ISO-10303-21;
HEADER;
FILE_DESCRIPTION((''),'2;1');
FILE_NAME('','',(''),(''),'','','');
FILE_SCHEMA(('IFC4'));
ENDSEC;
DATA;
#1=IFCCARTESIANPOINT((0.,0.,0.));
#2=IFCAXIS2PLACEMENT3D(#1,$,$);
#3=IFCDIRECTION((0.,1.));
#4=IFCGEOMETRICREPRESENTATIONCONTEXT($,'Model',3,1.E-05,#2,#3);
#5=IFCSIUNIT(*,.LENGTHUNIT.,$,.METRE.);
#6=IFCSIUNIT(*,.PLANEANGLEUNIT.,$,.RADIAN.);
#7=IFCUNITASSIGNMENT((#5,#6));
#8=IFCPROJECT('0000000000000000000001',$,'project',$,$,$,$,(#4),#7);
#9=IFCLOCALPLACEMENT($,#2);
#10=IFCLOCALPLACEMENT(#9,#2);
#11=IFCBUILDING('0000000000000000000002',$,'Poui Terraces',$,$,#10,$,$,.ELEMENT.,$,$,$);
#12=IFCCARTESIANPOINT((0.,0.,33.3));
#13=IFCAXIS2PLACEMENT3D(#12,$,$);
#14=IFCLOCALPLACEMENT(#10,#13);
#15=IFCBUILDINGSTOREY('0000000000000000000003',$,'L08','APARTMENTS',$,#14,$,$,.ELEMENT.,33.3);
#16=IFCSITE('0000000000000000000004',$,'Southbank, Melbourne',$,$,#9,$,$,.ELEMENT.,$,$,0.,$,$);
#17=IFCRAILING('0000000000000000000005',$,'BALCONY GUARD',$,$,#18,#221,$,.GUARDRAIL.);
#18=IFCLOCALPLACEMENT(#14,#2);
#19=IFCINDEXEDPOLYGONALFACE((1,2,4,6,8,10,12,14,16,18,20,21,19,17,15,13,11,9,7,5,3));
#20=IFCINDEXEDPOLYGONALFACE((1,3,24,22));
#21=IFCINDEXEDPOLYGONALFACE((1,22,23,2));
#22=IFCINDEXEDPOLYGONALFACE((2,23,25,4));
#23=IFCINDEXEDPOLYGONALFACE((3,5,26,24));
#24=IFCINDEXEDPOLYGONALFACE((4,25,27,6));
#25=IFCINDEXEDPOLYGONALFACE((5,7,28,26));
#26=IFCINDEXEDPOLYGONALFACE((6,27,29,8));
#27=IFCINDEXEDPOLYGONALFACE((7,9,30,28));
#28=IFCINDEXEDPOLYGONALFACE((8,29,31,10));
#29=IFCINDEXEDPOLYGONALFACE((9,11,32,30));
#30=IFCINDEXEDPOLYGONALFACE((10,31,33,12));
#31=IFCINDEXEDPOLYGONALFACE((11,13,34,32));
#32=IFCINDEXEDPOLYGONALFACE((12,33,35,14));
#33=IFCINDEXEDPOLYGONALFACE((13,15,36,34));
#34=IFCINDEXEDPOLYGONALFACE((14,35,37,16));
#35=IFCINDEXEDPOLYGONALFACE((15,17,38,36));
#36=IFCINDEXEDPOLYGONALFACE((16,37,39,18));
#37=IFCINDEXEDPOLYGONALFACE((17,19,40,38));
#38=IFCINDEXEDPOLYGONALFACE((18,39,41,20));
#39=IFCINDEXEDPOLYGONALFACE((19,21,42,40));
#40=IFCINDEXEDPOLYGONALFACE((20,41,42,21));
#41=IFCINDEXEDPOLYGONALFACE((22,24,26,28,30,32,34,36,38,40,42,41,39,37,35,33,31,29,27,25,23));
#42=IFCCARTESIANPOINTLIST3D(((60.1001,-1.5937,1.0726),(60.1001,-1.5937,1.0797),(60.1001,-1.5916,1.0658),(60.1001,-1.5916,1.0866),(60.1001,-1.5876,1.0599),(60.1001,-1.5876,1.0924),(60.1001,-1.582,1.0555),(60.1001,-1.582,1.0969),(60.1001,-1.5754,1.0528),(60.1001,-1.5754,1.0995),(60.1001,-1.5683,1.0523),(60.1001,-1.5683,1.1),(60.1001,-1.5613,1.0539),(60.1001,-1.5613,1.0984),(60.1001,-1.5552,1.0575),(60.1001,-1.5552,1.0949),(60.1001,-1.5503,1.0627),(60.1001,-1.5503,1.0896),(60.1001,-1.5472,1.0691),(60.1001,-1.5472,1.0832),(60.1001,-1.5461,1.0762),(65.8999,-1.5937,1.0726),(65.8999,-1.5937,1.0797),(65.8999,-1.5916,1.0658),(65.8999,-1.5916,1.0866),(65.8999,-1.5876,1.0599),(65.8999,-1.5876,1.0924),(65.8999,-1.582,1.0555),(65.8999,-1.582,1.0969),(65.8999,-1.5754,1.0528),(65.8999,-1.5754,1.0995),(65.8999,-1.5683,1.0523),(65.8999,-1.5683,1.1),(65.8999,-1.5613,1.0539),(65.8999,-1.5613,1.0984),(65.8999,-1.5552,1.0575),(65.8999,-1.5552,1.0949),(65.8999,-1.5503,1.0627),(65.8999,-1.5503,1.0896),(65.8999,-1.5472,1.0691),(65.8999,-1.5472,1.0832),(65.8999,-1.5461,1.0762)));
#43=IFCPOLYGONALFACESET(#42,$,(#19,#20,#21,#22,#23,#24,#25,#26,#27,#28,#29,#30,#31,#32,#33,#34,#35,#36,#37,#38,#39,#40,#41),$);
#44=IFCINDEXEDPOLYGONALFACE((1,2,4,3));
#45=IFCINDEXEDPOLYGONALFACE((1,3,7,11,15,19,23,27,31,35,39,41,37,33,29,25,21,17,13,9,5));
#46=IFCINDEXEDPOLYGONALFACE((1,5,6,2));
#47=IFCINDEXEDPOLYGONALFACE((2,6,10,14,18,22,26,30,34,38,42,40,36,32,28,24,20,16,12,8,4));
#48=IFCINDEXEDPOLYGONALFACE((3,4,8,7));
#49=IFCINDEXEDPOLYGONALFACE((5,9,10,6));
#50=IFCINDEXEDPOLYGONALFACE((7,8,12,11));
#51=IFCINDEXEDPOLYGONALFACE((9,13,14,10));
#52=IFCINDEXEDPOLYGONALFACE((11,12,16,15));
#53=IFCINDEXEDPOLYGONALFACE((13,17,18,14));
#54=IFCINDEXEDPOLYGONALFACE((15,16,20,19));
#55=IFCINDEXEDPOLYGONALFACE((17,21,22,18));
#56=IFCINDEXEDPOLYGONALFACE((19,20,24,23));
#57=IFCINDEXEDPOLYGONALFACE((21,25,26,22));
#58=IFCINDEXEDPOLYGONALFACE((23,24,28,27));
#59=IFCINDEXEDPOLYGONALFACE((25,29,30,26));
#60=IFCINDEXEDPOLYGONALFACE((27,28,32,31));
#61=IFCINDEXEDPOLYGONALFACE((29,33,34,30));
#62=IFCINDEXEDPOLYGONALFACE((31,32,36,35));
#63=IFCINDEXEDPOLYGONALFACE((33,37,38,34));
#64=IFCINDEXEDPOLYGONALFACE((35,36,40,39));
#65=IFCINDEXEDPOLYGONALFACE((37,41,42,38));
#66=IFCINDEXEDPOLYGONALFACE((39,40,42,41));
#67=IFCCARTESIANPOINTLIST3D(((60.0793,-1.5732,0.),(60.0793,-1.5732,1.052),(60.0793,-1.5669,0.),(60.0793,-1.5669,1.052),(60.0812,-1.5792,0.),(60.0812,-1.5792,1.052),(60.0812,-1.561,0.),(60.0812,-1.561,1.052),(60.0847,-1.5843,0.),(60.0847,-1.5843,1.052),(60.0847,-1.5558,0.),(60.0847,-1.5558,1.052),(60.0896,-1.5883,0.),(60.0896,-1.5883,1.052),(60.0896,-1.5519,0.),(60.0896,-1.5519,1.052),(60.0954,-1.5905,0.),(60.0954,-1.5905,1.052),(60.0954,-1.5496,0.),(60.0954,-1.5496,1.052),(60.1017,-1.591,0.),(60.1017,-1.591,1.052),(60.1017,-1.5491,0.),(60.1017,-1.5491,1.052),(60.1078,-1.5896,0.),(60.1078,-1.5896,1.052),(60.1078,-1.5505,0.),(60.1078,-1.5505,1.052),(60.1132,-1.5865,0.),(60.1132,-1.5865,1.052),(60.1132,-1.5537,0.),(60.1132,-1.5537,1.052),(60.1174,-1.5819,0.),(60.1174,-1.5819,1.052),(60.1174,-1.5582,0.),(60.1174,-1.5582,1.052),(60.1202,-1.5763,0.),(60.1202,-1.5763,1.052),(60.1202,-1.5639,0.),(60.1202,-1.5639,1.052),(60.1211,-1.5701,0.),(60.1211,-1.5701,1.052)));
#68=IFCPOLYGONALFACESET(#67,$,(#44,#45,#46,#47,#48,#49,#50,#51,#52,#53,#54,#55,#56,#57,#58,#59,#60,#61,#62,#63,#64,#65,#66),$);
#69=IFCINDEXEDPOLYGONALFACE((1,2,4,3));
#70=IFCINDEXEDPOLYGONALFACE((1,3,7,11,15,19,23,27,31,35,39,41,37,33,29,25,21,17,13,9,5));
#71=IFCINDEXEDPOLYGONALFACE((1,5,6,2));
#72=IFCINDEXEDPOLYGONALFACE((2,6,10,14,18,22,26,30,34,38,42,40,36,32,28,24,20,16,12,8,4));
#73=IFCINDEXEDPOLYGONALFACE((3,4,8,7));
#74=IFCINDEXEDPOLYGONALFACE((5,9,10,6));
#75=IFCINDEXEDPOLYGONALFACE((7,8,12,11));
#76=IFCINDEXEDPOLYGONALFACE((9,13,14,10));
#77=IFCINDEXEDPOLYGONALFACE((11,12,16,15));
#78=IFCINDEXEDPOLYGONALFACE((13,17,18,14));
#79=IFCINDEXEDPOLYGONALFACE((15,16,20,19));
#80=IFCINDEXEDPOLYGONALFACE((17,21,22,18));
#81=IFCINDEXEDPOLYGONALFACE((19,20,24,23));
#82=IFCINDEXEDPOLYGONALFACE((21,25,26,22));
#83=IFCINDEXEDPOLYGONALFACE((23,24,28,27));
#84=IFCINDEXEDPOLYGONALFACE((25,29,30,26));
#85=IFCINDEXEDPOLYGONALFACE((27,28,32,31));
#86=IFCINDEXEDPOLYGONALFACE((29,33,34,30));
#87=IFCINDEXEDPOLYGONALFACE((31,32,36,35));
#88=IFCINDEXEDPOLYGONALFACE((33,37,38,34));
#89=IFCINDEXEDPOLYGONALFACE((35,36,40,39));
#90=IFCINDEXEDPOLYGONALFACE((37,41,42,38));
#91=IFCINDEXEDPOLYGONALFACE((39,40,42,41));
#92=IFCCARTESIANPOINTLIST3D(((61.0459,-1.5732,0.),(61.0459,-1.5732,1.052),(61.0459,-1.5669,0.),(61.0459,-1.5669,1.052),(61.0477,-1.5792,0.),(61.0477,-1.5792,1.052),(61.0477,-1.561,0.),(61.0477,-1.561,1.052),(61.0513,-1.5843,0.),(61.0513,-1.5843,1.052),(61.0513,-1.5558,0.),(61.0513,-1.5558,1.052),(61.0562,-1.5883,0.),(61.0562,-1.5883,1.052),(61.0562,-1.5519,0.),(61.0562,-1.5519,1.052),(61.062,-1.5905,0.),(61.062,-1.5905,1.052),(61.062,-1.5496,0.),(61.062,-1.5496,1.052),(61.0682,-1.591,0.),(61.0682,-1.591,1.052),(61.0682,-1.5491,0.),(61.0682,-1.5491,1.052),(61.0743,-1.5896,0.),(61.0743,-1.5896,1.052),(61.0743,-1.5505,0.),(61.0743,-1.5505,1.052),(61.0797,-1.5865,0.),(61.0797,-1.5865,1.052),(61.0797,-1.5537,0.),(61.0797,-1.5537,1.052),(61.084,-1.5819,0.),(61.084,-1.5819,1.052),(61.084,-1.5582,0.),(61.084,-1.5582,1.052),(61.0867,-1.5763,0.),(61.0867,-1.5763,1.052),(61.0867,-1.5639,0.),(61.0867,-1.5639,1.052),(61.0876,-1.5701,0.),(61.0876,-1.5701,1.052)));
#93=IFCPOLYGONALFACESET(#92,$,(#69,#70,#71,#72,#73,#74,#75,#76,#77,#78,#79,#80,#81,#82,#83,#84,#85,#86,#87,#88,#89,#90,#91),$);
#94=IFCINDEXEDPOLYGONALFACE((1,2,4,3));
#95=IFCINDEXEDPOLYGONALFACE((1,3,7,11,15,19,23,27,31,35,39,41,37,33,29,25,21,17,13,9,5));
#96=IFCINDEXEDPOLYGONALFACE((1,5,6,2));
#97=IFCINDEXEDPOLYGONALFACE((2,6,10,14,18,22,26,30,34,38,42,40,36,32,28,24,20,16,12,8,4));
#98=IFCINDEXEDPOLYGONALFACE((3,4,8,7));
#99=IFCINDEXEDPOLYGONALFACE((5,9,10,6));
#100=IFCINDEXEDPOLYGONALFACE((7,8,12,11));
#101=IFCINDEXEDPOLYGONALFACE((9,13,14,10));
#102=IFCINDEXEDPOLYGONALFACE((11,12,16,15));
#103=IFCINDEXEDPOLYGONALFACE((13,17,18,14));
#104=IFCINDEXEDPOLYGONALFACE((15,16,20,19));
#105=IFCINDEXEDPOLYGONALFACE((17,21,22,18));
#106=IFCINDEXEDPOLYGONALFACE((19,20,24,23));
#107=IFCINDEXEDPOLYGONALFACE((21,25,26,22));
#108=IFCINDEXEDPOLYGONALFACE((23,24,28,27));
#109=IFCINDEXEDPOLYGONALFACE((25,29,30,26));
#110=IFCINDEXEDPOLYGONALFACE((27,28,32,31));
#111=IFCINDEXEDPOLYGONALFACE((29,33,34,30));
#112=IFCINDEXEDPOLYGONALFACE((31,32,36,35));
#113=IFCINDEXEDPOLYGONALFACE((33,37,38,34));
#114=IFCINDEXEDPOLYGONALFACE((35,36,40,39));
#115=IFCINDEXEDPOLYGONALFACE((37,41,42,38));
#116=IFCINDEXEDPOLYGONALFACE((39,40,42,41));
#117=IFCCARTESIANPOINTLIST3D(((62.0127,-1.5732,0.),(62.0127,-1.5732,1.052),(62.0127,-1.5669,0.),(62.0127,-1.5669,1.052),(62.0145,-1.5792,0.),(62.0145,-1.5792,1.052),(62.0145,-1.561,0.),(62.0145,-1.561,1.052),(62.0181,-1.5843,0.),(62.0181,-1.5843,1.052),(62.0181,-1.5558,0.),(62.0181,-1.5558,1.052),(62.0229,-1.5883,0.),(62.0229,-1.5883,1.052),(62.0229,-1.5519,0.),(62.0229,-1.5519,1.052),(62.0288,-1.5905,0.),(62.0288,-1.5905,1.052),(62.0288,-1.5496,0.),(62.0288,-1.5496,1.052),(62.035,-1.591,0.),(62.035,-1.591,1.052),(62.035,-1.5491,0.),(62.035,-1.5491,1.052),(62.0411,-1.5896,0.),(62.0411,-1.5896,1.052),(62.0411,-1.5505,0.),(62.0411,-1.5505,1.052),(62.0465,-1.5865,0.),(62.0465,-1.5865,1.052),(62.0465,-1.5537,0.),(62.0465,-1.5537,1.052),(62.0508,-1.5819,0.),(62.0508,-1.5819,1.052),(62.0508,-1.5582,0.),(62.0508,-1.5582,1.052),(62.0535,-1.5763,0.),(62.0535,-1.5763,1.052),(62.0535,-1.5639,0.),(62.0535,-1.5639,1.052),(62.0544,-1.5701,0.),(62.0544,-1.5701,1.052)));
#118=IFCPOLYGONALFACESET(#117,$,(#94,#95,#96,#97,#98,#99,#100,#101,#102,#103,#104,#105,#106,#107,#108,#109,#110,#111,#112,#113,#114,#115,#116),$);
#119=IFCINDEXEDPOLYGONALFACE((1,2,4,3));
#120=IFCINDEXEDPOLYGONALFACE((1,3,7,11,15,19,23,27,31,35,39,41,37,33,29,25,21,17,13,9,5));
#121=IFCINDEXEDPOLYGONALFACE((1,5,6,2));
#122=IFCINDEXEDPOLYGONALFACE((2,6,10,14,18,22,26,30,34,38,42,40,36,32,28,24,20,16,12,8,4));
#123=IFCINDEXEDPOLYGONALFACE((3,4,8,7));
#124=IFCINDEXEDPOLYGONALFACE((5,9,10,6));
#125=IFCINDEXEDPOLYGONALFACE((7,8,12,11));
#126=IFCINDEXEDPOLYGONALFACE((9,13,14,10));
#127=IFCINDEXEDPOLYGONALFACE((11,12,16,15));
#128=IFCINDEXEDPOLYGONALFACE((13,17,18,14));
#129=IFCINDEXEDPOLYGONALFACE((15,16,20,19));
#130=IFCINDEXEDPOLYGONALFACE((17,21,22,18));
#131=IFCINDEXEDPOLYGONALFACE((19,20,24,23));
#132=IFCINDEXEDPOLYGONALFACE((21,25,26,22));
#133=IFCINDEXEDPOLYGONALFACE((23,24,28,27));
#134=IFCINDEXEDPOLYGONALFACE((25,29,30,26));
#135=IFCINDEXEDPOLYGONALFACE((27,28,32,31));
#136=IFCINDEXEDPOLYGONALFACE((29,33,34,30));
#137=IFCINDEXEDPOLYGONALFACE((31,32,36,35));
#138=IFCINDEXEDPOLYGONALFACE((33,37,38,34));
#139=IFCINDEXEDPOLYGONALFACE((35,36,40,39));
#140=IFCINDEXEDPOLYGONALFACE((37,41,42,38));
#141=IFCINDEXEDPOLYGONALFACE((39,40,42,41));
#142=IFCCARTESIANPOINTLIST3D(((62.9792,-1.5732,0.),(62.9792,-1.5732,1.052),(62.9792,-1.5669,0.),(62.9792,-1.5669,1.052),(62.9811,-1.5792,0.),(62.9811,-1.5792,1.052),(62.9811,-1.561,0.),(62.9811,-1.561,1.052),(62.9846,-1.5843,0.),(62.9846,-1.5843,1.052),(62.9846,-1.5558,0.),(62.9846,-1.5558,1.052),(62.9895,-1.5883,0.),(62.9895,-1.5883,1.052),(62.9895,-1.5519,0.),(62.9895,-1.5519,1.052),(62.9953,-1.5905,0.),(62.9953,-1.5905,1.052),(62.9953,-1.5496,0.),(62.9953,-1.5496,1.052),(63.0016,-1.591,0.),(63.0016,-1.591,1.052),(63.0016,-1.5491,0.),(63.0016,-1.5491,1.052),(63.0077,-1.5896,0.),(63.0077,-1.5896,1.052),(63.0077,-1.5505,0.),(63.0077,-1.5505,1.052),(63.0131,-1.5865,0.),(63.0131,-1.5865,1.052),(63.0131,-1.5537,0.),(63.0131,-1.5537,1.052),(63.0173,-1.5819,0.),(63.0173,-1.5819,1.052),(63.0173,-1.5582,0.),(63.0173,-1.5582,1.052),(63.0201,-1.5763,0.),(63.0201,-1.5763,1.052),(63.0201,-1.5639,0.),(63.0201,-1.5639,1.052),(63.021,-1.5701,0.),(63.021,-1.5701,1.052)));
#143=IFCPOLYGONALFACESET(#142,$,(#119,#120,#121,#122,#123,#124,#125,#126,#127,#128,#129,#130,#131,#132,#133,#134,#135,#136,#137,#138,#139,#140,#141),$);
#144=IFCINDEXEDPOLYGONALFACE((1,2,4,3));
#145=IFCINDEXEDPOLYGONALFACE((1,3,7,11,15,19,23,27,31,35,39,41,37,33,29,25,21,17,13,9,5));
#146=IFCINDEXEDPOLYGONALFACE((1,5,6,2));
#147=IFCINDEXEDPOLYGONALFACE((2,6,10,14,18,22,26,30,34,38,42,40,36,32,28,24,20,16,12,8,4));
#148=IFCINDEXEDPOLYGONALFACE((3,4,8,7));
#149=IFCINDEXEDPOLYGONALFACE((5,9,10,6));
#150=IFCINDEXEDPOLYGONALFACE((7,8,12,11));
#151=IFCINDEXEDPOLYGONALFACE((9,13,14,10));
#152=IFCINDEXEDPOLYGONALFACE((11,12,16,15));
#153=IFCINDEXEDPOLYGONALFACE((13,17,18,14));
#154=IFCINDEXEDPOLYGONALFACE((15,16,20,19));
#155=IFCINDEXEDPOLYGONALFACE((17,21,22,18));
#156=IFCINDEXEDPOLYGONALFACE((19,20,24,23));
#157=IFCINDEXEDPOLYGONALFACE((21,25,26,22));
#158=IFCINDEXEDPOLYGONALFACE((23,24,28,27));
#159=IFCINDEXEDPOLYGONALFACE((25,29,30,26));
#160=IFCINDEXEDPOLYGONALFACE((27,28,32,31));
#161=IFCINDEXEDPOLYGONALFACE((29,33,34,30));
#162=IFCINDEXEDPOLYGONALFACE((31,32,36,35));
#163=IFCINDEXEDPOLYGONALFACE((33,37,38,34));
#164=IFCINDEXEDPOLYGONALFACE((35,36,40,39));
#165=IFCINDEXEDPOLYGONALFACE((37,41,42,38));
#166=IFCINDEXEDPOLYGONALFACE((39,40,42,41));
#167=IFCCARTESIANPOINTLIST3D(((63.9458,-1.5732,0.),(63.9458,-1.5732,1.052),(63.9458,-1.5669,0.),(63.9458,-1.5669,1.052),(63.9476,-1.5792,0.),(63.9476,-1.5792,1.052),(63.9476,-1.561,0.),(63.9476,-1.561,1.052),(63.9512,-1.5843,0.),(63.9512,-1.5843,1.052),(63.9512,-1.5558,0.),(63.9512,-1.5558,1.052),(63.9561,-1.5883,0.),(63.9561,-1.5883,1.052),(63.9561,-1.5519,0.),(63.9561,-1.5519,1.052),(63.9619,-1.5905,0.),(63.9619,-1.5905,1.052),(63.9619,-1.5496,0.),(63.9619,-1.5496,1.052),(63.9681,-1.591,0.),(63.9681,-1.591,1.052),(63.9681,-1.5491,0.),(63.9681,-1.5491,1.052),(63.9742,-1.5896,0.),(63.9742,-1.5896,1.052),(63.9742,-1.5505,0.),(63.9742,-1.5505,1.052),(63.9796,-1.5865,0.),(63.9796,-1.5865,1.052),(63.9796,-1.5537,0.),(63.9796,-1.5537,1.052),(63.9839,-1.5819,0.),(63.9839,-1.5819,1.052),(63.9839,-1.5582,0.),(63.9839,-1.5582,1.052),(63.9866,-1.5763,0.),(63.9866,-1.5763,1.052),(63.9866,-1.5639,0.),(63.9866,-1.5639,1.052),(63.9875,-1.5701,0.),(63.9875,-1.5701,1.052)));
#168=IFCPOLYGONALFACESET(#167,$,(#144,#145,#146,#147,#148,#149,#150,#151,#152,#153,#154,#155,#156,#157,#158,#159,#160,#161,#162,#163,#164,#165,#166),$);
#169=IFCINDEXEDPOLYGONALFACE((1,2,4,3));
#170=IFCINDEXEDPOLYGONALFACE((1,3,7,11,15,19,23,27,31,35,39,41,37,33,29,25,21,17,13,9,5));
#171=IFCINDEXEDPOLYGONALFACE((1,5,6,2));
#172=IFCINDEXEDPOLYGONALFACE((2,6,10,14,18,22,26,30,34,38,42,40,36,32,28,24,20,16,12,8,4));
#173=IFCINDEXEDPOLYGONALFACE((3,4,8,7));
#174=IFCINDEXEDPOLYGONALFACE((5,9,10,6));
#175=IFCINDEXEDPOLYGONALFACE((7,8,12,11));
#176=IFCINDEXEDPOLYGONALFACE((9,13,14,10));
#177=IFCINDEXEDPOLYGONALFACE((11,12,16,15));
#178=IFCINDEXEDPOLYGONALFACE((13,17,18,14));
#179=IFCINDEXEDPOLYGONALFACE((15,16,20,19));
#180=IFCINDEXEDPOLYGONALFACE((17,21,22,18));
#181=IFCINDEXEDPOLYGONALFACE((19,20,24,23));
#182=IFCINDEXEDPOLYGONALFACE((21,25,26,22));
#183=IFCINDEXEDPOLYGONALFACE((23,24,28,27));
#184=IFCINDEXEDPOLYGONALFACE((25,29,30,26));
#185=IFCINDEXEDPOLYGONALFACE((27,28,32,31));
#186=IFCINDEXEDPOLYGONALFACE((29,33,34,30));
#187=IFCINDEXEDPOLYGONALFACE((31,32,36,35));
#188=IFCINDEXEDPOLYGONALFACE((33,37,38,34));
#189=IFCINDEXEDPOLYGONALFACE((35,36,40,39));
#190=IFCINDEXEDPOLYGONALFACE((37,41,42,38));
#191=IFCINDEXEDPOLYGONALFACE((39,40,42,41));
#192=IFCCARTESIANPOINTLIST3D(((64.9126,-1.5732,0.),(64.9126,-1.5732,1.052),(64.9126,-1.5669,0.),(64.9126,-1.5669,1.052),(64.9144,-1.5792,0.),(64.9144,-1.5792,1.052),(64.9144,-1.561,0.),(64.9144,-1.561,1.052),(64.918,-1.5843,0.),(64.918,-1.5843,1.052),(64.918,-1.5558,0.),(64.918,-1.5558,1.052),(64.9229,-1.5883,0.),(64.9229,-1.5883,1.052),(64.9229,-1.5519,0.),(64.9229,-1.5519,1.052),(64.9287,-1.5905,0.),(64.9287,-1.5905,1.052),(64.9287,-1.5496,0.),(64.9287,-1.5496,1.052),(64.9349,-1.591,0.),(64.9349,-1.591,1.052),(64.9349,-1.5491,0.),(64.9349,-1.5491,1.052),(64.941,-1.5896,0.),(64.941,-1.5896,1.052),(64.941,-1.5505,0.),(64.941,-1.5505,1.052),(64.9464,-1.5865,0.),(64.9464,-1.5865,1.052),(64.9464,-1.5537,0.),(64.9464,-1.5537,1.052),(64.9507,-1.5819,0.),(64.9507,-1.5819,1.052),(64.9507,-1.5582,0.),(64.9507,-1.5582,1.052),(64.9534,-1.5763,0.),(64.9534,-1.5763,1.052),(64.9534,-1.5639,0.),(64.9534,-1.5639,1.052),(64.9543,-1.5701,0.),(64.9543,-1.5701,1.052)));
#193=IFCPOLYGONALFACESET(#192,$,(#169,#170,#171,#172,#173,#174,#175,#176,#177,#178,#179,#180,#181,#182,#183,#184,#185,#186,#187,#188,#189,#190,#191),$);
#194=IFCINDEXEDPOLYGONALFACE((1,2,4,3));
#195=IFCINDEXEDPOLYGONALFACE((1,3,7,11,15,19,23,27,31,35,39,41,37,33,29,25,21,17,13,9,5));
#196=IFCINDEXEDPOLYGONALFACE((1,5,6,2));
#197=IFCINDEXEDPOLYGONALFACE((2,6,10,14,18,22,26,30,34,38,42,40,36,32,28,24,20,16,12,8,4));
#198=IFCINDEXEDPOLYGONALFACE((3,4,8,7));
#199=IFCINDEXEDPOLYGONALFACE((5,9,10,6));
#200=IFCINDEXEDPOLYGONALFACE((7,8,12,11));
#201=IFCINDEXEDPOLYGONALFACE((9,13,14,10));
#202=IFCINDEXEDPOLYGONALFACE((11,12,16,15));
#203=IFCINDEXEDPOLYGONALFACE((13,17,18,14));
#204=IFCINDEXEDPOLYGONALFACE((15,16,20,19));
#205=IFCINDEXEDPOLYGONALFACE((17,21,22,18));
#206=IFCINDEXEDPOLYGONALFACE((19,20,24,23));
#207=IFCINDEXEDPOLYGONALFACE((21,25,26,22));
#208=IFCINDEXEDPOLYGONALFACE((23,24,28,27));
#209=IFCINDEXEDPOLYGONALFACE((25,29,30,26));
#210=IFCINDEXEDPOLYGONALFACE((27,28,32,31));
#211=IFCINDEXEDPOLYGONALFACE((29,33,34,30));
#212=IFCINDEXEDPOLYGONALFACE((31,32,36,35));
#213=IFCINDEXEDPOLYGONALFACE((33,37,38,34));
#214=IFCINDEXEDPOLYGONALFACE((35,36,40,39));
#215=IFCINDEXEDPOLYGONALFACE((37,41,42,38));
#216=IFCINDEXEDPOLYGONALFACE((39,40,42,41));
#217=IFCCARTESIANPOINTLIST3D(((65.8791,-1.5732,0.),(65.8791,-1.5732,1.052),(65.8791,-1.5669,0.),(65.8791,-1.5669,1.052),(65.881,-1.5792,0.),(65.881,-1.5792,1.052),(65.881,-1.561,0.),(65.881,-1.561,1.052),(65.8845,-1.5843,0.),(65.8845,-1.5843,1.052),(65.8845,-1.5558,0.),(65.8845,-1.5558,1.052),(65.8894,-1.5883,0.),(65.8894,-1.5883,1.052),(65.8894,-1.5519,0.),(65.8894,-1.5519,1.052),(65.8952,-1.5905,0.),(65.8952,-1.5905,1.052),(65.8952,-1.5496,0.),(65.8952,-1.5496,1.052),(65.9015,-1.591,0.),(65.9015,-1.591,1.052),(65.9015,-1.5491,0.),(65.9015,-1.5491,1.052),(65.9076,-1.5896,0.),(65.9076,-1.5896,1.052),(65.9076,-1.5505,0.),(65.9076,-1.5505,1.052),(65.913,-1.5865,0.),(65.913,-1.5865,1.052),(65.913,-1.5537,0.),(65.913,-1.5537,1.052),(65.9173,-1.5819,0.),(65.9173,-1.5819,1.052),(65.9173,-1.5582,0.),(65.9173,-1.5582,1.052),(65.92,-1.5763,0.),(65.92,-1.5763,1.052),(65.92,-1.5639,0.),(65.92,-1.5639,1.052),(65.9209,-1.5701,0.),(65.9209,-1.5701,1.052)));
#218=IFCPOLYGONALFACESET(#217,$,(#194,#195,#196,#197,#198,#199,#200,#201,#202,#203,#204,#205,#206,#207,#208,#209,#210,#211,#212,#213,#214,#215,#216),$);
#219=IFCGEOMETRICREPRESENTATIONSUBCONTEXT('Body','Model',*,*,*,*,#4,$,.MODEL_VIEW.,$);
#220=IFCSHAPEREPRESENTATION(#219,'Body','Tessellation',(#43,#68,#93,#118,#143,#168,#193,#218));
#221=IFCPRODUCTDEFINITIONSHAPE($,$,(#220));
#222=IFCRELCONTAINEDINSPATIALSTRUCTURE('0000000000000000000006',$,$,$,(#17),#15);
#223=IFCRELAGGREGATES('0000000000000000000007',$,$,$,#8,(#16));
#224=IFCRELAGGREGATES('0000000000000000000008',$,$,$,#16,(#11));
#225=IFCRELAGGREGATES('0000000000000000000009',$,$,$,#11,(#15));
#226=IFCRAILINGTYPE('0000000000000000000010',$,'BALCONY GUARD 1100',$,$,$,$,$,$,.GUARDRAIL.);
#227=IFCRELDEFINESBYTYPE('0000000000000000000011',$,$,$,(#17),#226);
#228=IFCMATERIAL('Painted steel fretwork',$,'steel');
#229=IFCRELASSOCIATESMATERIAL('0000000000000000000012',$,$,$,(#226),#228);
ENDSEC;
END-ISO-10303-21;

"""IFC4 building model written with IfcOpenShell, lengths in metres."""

from ifc_helpers import new_model, si_unit, direction, frame, origin, origin_2d, place, context, subcontext, project, spatial, circle, extrude, material, type_object, element, save


model = new_model("IFC4")

# Units and contexts
model_context = context("Model", 3, precision=1e-05, world=origin(), true_north=direction((0.0, 1.0)))
body_context = subcontext(model_context, "Body", "Model", "MODEL_VIEW")
ifc_project = project(units=[si_unit("LENGTHUNIT", "METRE"), si_unit("PLANEANGLEUNIT", "RADIAN")], contexts=[model_context])

# Site, building, storey
site_placement = place(None, origin())
site = spatial("IfcSite", under=ifc_project, at=site_placement, Name="Southbank, Melbourne", CompositionType="ELEMENT", RefElevation=0.0)
building_placement = place(site_placement, origin())
building = spatial("IfcBuilding", under=site, at=building_placement, Name="Poui Terraces", CompositionType="ELEMENT")
storey_placement = place(building_placement, frame((0.0, 0.0, 33.3)))
storey = spatial("IfcBuildingStorey", under=building, at=storey_placement, Name="L08", Description="APARTMENTS", CompositionType="ELEMENT", Elevation=33.3)

# Railing
ifc_material_1 = material(Name="Painted steel fretwork", Category="steel")
railing_type = type_object("IfcRailingType", Name="BALCONY GUARD 1100", PredefinedType="GUARDRAIL", material=ifc_material_1)
railing_placement = place(storey_placement, frame((60.1001, -1.5701, 0.0)))
element("IfcRailing", 1, at=railing_placement, inside=storey, type_object=railing_type, Name="BALCONY GUARD", PredefinedType="GUARDRAIL", context=body_context, shape_type="SweptSolid", body=[
    extrude(circle(Radius=0.0239, at=origin_2d()), frame((0.0, 0.0, 1.0762), z_axis=(1.0, 0.0, 0.0), x_axis=(0.0, 1.0, 0.0)), (0.0, 0.0, 1.0), 5.7998),
    extrude(circle(Radius=0.021, at=origin_2d()), origin(), (0.0, 0.0, 1.0), 1.052),
    extrude(circle(Radius=0.021, at=origin_2d()), frame((0.9666, 0.0, 0.0)), (0.0, 0.0, 1.0), 1.052),
    extrude(circle(Radius=0.021, at=origin_2d()), frame((1.9333, 0.0, 0.0)), (0.0, 0.0, 1.0), 1.052),
    extrude(circle(Radius=0.021, at=origin_2d()), frame((2.8999, 0.0, 0.0)), (0.0, 0.0, 1.0), 1.052),
    extrude(circle(Radius=0.021, at=origin_2d()), frame((3.8665, 0.0, 0.0)), (0.0, 0.0, 1.0), 1.052),
    extrude(circle(Radius=0.021, at=origin_2d()), frame((4.8333, 0.0, 0.0)), (0.0, 0.0, 1.0), 1.052),
    extrude(circle(Radius=0.021, at=origin_2d()), frame((5.7998, 0.0, 0.0)), (0.0, 0.0, 1.0), 1.052),
])

save(model, "model.ifc")
